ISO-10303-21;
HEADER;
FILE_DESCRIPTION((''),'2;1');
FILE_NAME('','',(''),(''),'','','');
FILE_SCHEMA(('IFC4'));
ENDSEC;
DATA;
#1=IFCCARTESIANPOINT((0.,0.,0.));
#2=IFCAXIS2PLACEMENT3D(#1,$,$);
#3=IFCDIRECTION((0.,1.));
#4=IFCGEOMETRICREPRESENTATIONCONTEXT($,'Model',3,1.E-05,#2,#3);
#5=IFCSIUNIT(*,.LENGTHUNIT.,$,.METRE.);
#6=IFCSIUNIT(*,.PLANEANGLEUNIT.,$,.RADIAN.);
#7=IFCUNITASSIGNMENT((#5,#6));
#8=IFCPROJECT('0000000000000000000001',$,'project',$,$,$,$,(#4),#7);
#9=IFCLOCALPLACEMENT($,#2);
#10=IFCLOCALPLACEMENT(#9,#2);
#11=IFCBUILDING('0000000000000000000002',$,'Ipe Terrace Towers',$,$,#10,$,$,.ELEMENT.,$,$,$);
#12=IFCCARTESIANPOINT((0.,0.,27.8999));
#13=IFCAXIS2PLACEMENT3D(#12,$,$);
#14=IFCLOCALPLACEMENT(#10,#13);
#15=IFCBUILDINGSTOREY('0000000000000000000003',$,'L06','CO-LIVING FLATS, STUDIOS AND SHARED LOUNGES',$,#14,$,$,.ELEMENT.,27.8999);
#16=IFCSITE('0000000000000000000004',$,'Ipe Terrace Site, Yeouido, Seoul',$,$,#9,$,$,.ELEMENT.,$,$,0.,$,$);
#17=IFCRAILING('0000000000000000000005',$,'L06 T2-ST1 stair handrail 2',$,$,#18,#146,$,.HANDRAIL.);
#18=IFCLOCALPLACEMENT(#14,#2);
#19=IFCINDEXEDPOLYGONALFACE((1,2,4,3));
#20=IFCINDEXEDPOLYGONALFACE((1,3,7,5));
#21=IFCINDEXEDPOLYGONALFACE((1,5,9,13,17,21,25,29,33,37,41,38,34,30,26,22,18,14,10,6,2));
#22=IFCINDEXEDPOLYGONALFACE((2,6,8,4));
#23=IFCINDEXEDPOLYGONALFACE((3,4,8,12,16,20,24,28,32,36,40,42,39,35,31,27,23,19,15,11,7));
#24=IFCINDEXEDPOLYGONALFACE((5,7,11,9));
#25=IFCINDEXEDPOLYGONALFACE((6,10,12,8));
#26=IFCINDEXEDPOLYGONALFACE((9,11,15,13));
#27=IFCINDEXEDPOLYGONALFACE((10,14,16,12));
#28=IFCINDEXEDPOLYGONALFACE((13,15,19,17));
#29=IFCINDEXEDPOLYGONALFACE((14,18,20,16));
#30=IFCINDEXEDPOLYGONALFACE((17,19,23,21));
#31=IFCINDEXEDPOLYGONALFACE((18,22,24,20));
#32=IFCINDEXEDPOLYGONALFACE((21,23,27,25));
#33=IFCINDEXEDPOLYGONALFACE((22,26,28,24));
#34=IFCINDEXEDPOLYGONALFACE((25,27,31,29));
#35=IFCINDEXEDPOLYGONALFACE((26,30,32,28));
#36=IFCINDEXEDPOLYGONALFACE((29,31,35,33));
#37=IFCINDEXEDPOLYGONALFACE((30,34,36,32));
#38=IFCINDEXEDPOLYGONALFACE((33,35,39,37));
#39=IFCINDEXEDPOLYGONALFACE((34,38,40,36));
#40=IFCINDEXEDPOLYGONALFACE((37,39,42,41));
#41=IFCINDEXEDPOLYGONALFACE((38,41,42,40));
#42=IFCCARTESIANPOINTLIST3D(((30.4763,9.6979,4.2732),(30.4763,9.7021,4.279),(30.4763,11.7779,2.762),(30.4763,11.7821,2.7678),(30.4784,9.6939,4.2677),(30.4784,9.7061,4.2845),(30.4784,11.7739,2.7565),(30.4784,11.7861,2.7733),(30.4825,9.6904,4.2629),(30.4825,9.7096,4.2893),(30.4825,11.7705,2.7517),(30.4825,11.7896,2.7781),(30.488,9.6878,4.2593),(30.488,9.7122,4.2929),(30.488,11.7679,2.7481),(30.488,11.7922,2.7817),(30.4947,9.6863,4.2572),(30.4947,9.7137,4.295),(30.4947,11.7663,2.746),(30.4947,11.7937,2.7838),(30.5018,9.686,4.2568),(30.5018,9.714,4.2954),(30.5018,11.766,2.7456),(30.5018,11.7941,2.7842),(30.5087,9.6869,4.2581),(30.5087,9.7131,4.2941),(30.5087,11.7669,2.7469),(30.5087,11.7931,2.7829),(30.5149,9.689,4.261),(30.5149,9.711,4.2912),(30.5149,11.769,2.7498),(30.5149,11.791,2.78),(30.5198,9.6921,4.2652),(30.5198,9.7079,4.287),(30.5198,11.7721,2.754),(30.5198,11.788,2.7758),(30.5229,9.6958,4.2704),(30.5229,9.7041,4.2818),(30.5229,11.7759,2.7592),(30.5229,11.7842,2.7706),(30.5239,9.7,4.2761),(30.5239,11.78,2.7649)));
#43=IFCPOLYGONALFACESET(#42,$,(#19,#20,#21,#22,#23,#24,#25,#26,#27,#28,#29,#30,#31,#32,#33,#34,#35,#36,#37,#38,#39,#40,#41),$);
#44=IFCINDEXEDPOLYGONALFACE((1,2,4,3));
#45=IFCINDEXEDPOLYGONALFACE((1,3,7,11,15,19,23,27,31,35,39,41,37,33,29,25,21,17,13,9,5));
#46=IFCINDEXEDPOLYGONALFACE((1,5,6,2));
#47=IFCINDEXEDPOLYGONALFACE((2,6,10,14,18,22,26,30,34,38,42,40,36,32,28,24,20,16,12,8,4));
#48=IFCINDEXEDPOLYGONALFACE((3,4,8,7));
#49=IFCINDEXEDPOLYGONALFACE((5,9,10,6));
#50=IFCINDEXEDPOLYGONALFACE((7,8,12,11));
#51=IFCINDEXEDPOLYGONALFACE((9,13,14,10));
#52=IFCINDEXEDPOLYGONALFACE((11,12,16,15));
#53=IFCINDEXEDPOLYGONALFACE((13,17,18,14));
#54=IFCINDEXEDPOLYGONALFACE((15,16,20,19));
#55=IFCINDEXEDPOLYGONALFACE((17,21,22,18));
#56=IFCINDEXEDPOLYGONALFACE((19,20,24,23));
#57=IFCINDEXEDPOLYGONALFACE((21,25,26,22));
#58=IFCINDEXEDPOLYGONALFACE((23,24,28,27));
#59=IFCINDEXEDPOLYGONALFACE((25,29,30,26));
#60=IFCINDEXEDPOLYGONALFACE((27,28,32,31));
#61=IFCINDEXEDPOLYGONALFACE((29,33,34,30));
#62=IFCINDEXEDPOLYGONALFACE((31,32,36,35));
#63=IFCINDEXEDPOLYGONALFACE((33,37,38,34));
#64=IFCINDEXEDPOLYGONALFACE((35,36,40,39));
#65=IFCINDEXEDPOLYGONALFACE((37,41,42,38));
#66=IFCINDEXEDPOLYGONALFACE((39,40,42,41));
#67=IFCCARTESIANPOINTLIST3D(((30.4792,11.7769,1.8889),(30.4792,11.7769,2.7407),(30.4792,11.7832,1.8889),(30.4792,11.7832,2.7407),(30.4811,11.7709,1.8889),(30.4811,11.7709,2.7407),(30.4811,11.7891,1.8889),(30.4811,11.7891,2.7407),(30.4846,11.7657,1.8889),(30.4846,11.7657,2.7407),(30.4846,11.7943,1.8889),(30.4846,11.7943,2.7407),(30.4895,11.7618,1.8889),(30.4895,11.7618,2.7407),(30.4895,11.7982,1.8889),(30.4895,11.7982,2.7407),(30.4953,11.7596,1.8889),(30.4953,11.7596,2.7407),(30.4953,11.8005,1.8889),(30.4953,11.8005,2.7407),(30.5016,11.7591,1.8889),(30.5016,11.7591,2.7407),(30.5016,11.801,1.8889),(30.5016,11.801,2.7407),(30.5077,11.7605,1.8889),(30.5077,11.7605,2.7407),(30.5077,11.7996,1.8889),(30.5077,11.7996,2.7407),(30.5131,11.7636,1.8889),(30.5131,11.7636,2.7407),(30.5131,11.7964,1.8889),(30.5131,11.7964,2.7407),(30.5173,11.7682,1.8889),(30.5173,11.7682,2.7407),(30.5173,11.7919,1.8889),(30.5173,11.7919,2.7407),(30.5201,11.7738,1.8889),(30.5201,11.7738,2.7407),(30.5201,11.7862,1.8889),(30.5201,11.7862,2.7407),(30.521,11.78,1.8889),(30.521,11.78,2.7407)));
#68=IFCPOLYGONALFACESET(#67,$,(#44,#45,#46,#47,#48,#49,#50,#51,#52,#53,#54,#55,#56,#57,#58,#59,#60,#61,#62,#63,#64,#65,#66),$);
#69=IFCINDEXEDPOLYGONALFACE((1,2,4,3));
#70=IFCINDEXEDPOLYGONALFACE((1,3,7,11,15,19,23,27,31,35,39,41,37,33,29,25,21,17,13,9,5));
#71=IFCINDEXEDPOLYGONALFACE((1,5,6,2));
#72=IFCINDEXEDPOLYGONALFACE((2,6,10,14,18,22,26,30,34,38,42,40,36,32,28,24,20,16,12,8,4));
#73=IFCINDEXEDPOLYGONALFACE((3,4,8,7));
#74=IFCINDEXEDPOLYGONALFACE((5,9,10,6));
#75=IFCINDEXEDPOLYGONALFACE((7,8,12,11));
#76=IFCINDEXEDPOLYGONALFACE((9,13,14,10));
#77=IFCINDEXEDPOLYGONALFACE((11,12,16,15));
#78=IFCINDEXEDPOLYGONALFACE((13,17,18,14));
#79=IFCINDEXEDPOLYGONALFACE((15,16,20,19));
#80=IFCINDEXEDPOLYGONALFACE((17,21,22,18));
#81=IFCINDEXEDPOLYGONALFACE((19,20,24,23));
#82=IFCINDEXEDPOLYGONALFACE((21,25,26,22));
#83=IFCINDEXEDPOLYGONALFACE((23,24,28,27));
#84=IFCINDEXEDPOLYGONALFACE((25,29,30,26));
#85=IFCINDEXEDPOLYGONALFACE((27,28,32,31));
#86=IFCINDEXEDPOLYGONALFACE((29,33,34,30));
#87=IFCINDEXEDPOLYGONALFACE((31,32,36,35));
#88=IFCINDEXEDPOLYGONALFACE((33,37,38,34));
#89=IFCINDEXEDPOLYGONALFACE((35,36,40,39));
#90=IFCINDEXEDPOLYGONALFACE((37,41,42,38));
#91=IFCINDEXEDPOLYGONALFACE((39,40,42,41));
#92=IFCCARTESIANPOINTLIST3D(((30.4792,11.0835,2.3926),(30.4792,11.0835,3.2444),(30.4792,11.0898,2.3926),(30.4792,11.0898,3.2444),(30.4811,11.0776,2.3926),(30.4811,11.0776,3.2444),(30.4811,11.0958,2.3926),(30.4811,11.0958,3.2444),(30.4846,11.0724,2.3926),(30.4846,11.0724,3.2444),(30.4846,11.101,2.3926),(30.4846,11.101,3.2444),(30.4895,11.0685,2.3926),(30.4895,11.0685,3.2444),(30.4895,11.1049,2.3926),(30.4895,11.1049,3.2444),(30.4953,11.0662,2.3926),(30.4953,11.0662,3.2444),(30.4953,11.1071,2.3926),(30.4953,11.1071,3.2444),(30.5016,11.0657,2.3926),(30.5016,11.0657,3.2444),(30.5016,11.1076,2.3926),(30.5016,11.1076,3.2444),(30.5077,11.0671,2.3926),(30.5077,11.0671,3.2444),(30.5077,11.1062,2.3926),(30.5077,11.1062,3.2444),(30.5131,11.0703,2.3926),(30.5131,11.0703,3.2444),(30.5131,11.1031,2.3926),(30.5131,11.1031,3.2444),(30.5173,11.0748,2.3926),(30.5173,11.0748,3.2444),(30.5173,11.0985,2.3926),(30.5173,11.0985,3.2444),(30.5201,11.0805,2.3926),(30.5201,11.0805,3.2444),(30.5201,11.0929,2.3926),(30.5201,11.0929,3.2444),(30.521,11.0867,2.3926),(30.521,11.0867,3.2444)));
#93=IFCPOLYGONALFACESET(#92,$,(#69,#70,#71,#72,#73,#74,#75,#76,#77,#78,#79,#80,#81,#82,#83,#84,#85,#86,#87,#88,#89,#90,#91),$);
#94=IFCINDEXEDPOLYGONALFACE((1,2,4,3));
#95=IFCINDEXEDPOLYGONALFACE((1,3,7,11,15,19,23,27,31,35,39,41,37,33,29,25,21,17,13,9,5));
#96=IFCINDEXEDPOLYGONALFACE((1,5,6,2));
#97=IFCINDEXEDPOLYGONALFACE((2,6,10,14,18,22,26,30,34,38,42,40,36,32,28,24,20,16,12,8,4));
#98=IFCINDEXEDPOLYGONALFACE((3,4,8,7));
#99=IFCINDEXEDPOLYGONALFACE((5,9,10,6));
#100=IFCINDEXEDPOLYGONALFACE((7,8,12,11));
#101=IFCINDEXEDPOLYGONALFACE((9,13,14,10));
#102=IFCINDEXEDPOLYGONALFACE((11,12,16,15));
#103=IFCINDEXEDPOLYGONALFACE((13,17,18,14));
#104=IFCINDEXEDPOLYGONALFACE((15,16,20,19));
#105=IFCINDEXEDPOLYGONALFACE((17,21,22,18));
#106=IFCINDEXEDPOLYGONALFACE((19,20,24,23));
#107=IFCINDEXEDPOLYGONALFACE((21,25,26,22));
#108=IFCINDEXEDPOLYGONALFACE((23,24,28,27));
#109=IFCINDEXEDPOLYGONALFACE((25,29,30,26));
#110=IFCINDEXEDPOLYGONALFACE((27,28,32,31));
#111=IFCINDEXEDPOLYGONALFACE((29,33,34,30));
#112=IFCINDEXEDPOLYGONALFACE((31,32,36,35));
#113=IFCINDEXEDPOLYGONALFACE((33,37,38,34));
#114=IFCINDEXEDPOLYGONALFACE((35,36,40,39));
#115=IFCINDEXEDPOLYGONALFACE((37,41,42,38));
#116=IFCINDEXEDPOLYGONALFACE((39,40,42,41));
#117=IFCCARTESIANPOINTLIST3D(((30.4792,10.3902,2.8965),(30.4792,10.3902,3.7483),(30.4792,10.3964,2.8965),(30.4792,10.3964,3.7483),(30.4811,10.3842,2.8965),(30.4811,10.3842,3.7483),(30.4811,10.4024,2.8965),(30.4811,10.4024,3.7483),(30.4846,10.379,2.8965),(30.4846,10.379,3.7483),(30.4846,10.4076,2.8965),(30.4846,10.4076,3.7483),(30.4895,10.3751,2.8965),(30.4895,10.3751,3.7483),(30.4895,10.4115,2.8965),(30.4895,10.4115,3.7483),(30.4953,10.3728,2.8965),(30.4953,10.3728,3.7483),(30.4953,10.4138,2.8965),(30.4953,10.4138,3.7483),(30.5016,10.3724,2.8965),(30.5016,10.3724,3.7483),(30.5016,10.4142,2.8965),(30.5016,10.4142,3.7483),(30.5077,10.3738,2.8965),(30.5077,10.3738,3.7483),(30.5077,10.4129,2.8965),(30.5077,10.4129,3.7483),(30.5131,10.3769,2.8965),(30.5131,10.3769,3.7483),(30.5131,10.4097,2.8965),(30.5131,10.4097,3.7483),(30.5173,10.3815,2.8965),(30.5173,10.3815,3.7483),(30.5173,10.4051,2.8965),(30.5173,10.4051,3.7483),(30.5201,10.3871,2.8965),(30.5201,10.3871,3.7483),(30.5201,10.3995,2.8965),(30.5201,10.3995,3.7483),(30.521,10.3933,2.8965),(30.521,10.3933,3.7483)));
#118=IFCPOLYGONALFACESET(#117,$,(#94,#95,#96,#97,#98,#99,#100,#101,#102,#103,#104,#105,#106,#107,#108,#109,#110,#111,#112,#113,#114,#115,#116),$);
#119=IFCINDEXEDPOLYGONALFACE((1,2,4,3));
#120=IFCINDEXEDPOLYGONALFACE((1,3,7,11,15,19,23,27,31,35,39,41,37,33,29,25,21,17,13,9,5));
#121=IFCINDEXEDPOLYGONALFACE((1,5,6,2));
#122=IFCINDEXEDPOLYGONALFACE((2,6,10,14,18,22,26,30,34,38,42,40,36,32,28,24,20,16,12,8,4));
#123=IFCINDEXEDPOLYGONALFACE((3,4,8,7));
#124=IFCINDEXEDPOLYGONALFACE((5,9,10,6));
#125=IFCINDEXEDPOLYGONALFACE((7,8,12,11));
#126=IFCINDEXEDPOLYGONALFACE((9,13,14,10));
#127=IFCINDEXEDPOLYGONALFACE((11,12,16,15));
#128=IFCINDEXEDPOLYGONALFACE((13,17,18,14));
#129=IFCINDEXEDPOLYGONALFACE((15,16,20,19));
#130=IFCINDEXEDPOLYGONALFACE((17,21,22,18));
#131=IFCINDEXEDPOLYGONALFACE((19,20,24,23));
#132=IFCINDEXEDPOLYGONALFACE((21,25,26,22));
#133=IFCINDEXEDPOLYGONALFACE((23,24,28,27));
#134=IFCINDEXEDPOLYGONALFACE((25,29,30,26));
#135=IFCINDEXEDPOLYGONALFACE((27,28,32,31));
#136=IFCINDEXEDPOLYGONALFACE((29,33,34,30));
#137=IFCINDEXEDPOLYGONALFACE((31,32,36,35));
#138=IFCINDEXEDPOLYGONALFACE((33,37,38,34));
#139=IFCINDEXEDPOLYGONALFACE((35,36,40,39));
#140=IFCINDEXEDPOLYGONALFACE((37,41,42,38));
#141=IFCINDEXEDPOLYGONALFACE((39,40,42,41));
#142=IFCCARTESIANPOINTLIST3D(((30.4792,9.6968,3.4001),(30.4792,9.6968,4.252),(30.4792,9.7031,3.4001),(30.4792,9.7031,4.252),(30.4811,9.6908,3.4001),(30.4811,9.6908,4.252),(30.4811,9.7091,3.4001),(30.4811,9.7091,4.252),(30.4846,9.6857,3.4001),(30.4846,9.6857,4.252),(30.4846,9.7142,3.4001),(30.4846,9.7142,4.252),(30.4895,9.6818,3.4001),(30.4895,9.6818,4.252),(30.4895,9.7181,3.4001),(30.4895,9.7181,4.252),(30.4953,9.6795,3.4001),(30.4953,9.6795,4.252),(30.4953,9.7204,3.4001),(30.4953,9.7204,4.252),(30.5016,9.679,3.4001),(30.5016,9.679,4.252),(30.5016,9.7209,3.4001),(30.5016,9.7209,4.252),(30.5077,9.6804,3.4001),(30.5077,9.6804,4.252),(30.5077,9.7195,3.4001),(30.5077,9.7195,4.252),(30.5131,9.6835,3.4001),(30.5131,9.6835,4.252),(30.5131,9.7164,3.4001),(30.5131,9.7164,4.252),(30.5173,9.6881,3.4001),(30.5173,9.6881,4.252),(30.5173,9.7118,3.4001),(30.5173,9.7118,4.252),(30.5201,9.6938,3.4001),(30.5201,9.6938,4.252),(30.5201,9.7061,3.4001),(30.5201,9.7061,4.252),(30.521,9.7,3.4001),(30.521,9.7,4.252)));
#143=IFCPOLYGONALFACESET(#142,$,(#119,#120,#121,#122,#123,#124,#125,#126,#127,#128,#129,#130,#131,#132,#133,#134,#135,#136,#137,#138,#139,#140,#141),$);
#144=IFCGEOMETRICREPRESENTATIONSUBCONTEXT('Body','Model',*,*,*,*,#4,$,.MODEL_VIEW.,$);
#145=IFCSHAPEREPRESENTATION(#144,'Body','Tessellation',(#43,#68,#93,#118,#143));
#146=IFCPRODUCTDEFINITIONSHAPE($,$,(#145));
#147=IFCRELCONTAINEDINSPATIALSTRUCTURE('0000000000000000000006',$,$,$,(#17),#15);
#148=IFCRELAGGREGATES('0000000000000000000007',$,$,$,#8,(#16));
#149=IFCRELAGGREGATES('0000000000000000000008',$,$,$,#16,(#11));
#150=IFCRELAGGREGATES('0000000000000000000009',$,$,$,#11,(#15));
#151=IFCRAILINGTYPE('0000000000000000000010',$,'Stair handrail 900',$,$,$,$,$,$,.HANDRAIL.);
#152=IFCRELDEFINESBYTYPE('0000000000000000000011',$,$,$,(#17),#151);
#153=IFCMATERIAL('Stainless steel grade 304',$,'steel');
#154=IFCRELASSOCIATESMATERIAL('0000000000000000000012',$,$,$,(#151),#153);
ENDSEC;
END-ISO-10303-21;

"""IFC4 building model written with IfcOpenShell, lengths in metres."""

from ifc_helpers import new_model, si_unit, direction, frame, origin, origin_2d, place, context, subcontext, project, spatial, circle, extrude, material, type_object, element, save


model = new_model("IFC4")

# Units and contexts
model_context = context("Model", 3, precision=1e-05, world=origin(), true_north=direction((0.0, 1.0)))
body_context = subcontext(model_context, "Body", "Model", "MODEL_VIEW")
ifc_project = project(units=[si_unit("LENGTHUNIT", "METRE"), si_unit("PLANEANGLEUNIT", "RADIAN")], contexts=[model_context])

# Site, building, storey
site_placement = place(None, origin())
site = spatial("IfcSite", under=ifc_project, at=site_placement, Name="Ipe Terrace Site, Yeouido, Seoul", CompositionType="ELEMENT", RefElevation=0.0)
building_placement = place(site_placement, origin())
building = spatial("IfcBuilding", under=site, at=building_placement, Name="Ipe Terrace Towers", CompositionType="ELEMENT")
storey_placement = place(building_placement, frame((0.0, 0.0, 27.8999)))
storey = spatial("IfcBuildingStorey", under=building, at=storey_placement, Name="L06", Description="CO-LIVING FLATS, STUDIOS AND SHARED LOUNGES", CompositionType="ELEMENT", Elevation=27.8999)

# Railing
ifc_material_1 = material(Name="Stainless steel grade 304", Category="steel")
railing_type_1 = type_object("IfcRailingType", Name="Stair handrail 900", PredefinedType="HANDRAIL", material=ifc_material_1)
railing_1_placement = place(storey_placement, frame((30.5, 11.78, 1.8889)))
element("IfcRailing", 1, at=railing_1_placement, inside=storey, type_object=railing_type_1, Name="L06 T2-ST1 stair handrail 2", PredefinedType="HANDRAIL", context=body_context, shape_type="SweptSolid", body=[
    extrude(circle(Radius=0.0239, at=origin_2d()), frame((0.0, 0.0, 0.876), z_axis=(0.0, -0.809023, 0.587776), x_axis=(1.0, 0.0, 0.0)), (0.0, 0.0, 1.0), 2.571),
    extrude(circle(Radius=0.021, at=origin_2d()), origin(), (0.0, 0.0, 1.0), 0.8518),
    extrude(circle(Radius=0.021, at=origin_2d()), frame((0.0, -0.6934, 0.5037)), (0.0, 0.0, 1.0), 0.8518),
    extrude(circle(Radius=0.021, at=origin_2d()), frame((0.0, -1.3867, 1.0076)), (0.0, 0.0, 1.0), 0.8518),
    extrude(circle(Radius=0.021, at=origin_2d()), frame((0.0, -2.0801, 1.5112)), (0.0, 0.0, 1.0), 0.8518),
])

save(model, "model.ifc")
